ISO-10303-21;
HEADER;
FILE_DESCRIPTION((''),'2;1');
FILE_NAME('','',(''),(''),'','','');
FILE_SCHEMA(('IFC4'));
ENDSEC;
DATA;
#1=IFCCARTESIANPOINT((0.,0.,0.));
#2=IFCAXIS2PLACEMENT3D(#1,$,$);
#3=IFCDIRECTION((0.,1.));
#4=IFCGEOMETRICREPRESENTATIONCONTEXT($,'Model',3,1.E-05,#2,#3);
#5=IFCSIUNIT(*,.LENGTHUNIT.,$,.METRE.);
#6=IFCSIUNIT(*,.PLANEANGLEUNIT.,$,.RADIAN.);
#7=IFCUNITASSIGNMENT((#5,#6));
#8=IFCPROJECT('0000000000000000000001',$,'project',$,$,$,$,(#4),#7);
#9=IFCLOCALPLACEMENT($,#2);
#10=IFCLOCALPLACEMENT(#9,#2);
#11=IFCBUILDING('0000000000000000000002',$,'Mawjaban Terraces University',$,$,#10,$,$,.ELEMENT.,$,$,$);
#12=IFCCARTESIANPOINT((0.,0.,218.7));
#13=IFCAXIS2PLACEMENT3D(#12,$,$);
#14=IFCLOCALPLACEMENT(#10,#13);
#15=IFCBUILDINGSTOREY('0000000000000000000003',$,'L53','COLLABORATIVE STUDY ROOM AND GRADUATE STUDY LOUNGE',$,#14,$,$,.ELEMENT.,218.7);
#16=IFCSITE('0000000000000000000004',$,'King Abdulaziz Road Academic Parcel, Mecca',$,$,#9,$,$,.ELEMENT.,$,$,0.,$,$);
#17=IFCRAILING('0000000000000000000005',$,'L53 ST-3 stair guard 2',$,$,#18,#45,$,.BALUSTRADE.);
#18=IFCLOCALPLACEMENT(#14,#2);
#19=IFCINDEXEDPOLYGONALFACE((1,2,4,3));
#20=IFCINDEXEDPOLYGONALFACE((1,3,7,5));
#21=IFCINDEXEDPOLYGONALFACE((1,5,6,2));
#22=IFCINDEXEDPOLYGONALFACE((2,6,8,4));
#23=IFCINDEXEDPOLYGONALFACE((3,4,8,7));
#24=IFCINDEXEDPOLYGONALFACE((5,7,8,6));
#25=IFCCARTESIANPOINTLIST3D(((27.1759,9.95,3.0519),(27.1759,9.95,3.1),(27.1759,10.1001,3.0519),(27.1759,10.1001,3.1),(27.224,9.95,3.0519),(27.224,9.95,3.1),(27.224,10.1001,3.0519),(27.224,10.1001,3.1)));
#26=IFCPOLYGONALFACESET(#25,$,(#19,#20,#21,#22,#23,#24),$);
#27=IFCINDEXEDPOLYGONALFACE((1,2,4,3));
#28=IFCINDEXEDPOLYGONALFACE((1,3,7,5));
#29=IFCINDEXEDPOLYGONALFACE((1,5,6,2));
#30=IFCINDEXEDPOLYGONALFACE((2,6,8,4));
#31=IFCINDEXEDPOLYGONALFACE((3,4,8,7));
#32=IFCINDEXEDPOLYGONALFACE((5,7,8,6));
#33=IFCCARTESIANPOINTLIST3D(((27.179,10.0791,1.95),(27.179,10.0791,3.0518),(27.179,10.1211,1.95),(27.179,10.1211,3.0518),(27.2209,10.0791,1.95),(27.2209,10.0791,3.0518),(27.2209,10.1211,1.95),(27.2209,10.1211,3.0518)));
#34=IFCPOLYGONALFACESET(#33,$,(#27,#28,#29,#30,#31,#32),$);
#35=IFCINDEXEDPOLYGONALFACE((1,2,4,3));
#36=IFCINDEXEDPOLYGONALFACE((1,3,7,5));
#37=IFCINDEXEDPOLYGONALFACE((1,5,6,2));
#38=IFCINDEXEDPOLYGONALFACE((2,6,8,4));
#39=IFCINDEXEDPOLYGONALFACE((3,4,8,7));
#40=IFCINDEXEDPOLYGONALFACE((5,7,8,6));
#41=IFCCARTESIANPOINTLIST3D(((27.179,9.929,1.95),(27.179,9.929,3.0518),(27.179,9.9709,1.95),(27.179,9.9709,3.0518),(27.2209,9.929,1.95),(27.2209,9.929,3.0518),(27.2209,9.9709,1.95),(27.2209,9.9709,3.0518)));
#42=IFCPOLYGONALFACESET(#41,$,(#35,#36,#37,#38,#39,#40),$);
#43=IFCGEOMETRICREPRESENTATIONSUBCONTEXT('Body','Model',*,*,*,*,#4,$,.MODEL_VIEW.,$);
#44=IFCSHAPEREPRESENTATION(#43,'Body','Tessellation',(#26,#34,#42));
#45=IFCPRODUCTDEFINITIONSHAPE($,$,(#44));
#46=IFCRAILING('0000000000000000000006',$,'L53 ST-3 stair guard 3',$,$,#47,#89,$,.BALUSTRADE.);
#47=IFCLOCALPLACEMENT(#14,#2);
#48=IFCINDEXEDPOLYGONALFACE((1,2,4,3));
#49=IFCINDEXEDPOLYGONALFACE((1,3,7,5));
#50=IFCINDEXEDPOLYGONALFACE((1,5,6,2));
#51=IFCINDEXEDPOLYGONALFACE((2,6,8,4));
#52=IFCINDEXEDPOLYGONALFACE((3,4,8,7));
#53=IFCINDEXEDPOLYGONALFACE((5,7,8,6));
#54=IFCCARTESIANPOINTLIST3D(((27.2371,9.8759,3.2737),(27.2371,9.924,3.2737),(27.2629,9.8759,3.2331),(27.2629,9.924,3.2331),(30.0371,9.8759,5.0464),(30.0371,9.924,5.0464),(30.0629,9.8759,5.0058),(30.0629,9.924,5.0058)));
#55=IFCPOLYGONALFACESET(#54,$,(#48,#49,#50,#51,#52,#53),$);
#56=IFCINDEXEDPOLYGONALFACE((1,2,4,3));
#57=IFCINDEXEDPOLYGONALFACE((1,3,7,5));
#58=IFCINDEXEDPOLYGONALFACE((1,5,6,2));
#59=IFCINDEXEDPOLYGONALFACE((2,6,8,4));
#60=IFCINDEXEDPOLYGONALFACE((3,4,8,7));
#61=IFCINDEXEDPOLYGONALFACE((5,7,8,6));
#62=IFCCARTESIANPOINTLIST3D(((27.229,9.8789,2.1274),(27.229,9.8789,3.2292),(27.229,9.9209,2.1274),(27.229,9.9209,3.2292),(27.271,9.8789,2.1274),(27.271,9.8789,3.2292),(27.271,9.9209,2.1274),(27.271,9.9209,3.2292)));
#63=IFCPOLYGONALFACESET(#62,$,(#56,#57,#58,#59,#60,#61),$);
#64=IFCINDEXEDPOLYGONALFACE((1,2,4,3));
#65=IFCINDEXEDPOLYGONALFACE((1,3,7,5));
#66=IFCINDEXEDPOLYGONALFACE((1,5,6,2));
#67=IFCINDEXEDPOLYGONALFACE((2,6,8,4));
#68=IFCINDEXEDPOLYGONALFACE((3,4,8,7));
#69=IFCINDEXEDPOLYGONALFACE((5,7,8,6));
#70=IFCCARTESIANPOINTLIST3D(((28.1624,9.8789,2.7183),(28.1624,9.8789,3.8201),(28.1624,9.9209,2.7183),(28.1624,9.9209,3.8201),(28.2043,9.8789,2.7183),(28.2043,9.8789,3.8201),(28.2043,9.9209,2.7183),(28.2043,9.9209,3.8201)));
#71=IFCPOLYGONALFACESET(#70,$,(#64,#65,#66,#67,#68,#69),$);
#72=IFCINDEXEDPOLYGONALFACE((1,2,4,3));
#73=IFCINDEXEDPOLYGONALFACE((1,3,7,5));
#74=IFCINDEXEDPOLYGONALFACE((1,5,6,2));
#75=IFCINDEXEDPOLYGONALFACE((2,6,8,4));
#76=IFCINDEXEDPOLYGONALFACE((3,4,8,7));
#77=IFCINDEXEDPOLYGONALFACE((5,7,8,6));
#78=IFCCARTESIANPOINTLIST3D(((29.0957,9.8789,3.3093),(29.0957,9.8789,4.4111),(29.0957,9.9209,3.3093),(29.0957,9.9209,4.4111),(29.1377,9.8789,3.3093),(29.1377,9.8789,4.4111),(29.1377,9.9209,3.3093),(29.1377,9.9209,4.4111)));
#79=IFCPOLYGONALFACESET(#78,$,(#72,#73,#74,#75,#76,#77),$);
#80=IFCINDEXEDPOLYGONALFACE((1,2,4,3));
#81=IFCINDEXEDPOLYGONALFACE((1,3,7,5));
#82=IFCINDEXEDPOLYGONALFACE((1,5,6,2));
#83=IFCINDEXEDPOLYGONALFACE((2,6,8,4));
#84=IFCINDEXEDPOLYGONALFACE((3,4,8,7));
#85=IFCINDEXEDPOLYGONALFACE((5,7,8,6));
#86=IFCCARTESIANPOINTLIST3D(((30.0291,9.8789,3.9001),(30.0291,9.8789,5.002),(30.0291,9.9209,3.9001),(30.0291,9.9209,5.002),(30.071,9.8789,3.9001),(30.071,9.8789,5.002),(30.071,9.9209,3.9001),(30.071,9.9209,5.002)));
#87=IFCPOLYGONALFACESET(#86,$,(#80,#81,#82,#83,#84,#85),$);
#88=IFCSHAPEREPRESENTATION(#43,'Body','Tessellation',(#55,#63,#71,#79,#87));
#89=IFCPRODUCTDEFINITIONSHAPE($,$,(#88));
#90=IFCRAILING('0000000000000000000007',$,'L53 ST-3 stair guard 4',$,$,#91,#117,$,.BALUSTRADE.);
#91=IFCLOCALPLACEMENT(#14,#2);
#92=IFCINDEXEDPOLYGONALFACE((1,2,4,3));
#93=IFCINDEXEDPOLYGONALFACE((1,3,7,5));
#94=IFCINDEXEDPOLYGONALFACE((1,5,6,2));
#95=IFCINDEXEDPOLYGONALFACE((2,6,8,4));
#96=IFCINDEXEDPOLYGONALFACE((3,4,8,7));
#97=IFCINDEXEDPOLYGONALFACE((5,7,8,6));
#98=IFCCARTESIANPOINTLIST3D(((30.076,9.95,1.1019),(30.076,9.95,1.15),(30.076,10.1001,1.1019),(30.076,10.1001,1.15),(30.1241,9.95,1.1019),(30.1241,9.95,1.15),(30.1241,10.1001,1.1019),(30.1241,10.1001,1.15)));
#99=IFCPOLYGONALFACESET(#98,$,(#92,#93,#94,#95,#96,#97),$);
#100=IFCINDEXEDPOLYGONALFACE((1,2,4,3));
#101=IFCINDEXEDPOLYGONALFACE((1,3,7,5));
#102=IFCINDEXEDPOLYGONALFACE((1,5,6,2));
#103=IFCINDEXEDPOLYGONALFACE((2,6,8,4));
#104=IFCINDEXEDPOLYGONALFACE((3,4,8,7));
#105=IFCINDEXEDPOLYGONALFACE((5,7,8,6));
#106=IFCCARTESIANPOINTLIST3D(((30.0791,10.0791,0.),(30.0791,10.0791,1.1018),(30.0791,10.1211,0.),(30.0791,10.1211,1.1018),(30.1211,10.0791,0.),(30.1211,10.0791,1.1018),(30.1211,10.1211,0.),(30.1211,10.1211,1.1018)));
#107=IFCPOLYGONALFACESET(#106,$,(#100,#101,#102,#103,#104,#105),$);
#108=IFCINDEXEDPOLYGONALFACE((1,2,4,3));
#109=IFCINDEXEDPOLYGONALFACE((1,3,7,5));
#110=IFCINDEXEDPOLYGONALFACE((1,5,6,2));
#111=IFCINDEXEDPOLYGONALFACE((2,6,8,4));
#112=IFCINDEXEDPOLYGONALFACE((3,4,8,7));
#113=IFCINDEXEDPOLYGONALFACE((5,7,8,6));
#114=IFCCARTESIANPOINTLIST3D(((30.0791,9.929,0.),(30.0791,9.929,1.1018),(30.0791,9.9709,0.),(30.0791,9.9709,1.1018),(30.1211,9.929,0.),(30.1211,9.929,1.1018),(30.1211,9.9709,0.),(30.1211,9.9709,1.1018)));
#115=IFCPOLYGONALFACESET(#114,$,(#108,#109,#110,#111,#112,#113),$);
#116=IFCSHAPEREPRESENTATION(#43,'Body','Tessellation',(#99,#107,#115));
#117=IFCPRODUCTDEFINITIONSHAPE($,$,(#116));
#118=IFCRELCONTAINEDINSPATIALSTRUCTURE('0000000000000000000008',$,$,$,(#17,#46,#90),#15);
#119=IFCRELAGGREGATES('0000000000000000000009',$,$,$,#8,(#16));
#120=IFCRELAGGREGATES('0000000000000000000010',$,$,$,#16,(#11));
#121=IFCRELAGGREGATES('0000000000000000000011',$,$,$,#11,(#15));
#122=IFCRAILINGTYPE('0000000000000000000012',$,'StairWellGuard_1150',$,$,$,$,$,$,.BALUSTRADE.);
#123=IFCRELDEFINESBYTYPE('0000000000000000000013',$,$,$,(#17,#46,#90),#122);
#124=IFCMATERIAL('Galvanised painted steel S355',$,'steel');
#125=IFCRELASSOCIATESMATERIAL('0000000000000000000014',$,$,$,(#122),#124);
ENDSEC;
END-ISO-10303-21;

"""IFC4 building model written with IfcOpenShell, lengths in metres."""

from ifc_helpers import new_model, si_unit, direction, frame, origin, origin_2d, place, context, subcontext, project, spatial, rectangle, extrude, material, type_object, element, save


model = new_model("IFC4")

# Units and contexts
model_context = context("Model", 3, precision=1e-05, world=origin(), true_north=direction((0.0, 1.0)))
body_context = subcontext(model_context, "Body", "Model", "MODEL_VIEW")
ifc_project = project(units=[si_unit("LENGTHUNIT", "METRE"), si_unit("PLANEANGLEUNIT", "RADIAN")], contexts=[model_context])

# Site, building, storey
site_placement = place(None, origin())
site = spatial("IfcSite", under=ifc_project, at=site_placement, Name="King Abdulaziz Road Academic Parcel, Mecca", CompositionType="ELEMENT", RefElevation=0.0)
building_placement = place(site_placement, origin())
building = spatial("IfcBuilding", under=site, at=building_placement, Name="Mawjaban Terraces University", CompositionType="ELEMENT")
storey_placement = place(building_placement, frame((0.0, 0.0, 218.7)))
storey = spatial("IfcBuildingStorey", under=building, at=storey_placement, Name="L53", Description="COLLABORATIVE STUDY ROOM AND GRADUATE STUDY LOUNGE", CompositionType="ELEMENT", Elevation=218.7)

# Railings
ifc_material_1 = material(Name="Galvanised painted steel S355", Category="steel")
railing_type_1 = type_object("IfcRailingType", Name="StairWellGuard_1150", PredefinedType="BALUSTRADE", material=ifc_material_1)
railing_1_placement = place(storey_placement, frame((27.2, 10.1001, 1.95)))
element("IfcRailing", 1, at=railing_1_placement, inside=storey, type_object=railing_type_1, Name="L53 ST-3 stair guard 2", PredefinedType="BALUSTRADE", context=body_context, shape_type="SweptSolid", body=[
    extrude(rectangle(XDim=0.0481, YDim=0.0481, at=origin_2d()), frame((0.0, 0.0, 1.126), z_axis=(0.0, -1.0, 0.0), x_axis=(1.0, 0.0, 0.0)), (0.0, 0.0, 1.0), 0.1501),
    extrude(rectangle(XDim=0.042, YDim=0.042, at=origin_2d()), origin(), (0.0, 0.0, 1.0), 1.1018),
    extrude(rectangle(XDim=0.042, YDim=0.042, at=origin_2d()), frame((0.0, -0.1501, 0.0)), (0.0, 0.0, 1.0), 1.1018),
])
railing_2_placement = place(storey_placement, frame((27.25, 9.8999, 2.1274)))
element("IfcRailing", 2, at=railing_2_placement, inside=storey, type_object=railing_type_1, Name="L53 ST-3 stair guard 3", PredefinedType="BALUSTRADE", context=body_context, shape_type="SweptSolid", body=[
    extrude(rectangle(XDim=0.0481, YDim=0.0481, at=origin_2d()), frame((0.0, 0.0, 1.126), z_axis=(0.844909, 0.0, 0.53491), x_axis=(0.0, 1.0, 0.0)), (0.0, 0.0, 1.0), 3.314),
    extrude(rectangle(XDim=0.042, YDim=0.042, at=origin_2d()), origin(), (0.0, 0.0, 1.0), 1.1018),
    extrude(rectangle(XDim=0.042, YDim=0.042, at=origin_2d()), frame((0.9333, 0.0, 0.5908)), (0.0, 0.0, 1.0), 1.1018),
    extrude(rectangle(XDim=0.042, YDim=0.042, at=origin_2d()), frame((1.8667, 0.0, 1.1819)), (0.0, 0.0, 1.0), 1.1018),
    extrude(rectangle(XDim=0.042, YDim=0.042, at=origin_2d()), frame((2.8, 0.0, 1.7727)), (0.0, 0.0, 1.0), 1.1018),
])
railing_3_placement = place(storey_placement, frame((30.1001, 10.1001, 0.0)))
element("IfcRailing", 3, at=railing_3_placement, inside=storey, type_object=railing_type_1, Name="L53 ST-3 stair guard 4", PredefinedType="BALUSTRADE", context=body_context, shape_type="SweptSolid", body=[
    extrude(rectangle(XDim=0.0481, YDim=0.0481, at=origin_2d()), frame((0.0, 0.0, 1.126), z_axis=(0.0, -1.0, 0.0), x_axis=(1.0, 0.0, 0.0)), (0.0, 0.0, 1.0), 0.1501),
    extrude(rectangle(XDim=0.042, YDim=0.042, at=origin_2d()), origin(), (0.0, 0.0, 1.0), 1.1018),
    extrude(rectangle(XDim=0.042, YDim=0.042, at=origin_2d()), frame((0.0, -0.1501, 0.0)), (0.0, 0.0, 1.0), 1.1018),
])

save(model, "model.ifc")
